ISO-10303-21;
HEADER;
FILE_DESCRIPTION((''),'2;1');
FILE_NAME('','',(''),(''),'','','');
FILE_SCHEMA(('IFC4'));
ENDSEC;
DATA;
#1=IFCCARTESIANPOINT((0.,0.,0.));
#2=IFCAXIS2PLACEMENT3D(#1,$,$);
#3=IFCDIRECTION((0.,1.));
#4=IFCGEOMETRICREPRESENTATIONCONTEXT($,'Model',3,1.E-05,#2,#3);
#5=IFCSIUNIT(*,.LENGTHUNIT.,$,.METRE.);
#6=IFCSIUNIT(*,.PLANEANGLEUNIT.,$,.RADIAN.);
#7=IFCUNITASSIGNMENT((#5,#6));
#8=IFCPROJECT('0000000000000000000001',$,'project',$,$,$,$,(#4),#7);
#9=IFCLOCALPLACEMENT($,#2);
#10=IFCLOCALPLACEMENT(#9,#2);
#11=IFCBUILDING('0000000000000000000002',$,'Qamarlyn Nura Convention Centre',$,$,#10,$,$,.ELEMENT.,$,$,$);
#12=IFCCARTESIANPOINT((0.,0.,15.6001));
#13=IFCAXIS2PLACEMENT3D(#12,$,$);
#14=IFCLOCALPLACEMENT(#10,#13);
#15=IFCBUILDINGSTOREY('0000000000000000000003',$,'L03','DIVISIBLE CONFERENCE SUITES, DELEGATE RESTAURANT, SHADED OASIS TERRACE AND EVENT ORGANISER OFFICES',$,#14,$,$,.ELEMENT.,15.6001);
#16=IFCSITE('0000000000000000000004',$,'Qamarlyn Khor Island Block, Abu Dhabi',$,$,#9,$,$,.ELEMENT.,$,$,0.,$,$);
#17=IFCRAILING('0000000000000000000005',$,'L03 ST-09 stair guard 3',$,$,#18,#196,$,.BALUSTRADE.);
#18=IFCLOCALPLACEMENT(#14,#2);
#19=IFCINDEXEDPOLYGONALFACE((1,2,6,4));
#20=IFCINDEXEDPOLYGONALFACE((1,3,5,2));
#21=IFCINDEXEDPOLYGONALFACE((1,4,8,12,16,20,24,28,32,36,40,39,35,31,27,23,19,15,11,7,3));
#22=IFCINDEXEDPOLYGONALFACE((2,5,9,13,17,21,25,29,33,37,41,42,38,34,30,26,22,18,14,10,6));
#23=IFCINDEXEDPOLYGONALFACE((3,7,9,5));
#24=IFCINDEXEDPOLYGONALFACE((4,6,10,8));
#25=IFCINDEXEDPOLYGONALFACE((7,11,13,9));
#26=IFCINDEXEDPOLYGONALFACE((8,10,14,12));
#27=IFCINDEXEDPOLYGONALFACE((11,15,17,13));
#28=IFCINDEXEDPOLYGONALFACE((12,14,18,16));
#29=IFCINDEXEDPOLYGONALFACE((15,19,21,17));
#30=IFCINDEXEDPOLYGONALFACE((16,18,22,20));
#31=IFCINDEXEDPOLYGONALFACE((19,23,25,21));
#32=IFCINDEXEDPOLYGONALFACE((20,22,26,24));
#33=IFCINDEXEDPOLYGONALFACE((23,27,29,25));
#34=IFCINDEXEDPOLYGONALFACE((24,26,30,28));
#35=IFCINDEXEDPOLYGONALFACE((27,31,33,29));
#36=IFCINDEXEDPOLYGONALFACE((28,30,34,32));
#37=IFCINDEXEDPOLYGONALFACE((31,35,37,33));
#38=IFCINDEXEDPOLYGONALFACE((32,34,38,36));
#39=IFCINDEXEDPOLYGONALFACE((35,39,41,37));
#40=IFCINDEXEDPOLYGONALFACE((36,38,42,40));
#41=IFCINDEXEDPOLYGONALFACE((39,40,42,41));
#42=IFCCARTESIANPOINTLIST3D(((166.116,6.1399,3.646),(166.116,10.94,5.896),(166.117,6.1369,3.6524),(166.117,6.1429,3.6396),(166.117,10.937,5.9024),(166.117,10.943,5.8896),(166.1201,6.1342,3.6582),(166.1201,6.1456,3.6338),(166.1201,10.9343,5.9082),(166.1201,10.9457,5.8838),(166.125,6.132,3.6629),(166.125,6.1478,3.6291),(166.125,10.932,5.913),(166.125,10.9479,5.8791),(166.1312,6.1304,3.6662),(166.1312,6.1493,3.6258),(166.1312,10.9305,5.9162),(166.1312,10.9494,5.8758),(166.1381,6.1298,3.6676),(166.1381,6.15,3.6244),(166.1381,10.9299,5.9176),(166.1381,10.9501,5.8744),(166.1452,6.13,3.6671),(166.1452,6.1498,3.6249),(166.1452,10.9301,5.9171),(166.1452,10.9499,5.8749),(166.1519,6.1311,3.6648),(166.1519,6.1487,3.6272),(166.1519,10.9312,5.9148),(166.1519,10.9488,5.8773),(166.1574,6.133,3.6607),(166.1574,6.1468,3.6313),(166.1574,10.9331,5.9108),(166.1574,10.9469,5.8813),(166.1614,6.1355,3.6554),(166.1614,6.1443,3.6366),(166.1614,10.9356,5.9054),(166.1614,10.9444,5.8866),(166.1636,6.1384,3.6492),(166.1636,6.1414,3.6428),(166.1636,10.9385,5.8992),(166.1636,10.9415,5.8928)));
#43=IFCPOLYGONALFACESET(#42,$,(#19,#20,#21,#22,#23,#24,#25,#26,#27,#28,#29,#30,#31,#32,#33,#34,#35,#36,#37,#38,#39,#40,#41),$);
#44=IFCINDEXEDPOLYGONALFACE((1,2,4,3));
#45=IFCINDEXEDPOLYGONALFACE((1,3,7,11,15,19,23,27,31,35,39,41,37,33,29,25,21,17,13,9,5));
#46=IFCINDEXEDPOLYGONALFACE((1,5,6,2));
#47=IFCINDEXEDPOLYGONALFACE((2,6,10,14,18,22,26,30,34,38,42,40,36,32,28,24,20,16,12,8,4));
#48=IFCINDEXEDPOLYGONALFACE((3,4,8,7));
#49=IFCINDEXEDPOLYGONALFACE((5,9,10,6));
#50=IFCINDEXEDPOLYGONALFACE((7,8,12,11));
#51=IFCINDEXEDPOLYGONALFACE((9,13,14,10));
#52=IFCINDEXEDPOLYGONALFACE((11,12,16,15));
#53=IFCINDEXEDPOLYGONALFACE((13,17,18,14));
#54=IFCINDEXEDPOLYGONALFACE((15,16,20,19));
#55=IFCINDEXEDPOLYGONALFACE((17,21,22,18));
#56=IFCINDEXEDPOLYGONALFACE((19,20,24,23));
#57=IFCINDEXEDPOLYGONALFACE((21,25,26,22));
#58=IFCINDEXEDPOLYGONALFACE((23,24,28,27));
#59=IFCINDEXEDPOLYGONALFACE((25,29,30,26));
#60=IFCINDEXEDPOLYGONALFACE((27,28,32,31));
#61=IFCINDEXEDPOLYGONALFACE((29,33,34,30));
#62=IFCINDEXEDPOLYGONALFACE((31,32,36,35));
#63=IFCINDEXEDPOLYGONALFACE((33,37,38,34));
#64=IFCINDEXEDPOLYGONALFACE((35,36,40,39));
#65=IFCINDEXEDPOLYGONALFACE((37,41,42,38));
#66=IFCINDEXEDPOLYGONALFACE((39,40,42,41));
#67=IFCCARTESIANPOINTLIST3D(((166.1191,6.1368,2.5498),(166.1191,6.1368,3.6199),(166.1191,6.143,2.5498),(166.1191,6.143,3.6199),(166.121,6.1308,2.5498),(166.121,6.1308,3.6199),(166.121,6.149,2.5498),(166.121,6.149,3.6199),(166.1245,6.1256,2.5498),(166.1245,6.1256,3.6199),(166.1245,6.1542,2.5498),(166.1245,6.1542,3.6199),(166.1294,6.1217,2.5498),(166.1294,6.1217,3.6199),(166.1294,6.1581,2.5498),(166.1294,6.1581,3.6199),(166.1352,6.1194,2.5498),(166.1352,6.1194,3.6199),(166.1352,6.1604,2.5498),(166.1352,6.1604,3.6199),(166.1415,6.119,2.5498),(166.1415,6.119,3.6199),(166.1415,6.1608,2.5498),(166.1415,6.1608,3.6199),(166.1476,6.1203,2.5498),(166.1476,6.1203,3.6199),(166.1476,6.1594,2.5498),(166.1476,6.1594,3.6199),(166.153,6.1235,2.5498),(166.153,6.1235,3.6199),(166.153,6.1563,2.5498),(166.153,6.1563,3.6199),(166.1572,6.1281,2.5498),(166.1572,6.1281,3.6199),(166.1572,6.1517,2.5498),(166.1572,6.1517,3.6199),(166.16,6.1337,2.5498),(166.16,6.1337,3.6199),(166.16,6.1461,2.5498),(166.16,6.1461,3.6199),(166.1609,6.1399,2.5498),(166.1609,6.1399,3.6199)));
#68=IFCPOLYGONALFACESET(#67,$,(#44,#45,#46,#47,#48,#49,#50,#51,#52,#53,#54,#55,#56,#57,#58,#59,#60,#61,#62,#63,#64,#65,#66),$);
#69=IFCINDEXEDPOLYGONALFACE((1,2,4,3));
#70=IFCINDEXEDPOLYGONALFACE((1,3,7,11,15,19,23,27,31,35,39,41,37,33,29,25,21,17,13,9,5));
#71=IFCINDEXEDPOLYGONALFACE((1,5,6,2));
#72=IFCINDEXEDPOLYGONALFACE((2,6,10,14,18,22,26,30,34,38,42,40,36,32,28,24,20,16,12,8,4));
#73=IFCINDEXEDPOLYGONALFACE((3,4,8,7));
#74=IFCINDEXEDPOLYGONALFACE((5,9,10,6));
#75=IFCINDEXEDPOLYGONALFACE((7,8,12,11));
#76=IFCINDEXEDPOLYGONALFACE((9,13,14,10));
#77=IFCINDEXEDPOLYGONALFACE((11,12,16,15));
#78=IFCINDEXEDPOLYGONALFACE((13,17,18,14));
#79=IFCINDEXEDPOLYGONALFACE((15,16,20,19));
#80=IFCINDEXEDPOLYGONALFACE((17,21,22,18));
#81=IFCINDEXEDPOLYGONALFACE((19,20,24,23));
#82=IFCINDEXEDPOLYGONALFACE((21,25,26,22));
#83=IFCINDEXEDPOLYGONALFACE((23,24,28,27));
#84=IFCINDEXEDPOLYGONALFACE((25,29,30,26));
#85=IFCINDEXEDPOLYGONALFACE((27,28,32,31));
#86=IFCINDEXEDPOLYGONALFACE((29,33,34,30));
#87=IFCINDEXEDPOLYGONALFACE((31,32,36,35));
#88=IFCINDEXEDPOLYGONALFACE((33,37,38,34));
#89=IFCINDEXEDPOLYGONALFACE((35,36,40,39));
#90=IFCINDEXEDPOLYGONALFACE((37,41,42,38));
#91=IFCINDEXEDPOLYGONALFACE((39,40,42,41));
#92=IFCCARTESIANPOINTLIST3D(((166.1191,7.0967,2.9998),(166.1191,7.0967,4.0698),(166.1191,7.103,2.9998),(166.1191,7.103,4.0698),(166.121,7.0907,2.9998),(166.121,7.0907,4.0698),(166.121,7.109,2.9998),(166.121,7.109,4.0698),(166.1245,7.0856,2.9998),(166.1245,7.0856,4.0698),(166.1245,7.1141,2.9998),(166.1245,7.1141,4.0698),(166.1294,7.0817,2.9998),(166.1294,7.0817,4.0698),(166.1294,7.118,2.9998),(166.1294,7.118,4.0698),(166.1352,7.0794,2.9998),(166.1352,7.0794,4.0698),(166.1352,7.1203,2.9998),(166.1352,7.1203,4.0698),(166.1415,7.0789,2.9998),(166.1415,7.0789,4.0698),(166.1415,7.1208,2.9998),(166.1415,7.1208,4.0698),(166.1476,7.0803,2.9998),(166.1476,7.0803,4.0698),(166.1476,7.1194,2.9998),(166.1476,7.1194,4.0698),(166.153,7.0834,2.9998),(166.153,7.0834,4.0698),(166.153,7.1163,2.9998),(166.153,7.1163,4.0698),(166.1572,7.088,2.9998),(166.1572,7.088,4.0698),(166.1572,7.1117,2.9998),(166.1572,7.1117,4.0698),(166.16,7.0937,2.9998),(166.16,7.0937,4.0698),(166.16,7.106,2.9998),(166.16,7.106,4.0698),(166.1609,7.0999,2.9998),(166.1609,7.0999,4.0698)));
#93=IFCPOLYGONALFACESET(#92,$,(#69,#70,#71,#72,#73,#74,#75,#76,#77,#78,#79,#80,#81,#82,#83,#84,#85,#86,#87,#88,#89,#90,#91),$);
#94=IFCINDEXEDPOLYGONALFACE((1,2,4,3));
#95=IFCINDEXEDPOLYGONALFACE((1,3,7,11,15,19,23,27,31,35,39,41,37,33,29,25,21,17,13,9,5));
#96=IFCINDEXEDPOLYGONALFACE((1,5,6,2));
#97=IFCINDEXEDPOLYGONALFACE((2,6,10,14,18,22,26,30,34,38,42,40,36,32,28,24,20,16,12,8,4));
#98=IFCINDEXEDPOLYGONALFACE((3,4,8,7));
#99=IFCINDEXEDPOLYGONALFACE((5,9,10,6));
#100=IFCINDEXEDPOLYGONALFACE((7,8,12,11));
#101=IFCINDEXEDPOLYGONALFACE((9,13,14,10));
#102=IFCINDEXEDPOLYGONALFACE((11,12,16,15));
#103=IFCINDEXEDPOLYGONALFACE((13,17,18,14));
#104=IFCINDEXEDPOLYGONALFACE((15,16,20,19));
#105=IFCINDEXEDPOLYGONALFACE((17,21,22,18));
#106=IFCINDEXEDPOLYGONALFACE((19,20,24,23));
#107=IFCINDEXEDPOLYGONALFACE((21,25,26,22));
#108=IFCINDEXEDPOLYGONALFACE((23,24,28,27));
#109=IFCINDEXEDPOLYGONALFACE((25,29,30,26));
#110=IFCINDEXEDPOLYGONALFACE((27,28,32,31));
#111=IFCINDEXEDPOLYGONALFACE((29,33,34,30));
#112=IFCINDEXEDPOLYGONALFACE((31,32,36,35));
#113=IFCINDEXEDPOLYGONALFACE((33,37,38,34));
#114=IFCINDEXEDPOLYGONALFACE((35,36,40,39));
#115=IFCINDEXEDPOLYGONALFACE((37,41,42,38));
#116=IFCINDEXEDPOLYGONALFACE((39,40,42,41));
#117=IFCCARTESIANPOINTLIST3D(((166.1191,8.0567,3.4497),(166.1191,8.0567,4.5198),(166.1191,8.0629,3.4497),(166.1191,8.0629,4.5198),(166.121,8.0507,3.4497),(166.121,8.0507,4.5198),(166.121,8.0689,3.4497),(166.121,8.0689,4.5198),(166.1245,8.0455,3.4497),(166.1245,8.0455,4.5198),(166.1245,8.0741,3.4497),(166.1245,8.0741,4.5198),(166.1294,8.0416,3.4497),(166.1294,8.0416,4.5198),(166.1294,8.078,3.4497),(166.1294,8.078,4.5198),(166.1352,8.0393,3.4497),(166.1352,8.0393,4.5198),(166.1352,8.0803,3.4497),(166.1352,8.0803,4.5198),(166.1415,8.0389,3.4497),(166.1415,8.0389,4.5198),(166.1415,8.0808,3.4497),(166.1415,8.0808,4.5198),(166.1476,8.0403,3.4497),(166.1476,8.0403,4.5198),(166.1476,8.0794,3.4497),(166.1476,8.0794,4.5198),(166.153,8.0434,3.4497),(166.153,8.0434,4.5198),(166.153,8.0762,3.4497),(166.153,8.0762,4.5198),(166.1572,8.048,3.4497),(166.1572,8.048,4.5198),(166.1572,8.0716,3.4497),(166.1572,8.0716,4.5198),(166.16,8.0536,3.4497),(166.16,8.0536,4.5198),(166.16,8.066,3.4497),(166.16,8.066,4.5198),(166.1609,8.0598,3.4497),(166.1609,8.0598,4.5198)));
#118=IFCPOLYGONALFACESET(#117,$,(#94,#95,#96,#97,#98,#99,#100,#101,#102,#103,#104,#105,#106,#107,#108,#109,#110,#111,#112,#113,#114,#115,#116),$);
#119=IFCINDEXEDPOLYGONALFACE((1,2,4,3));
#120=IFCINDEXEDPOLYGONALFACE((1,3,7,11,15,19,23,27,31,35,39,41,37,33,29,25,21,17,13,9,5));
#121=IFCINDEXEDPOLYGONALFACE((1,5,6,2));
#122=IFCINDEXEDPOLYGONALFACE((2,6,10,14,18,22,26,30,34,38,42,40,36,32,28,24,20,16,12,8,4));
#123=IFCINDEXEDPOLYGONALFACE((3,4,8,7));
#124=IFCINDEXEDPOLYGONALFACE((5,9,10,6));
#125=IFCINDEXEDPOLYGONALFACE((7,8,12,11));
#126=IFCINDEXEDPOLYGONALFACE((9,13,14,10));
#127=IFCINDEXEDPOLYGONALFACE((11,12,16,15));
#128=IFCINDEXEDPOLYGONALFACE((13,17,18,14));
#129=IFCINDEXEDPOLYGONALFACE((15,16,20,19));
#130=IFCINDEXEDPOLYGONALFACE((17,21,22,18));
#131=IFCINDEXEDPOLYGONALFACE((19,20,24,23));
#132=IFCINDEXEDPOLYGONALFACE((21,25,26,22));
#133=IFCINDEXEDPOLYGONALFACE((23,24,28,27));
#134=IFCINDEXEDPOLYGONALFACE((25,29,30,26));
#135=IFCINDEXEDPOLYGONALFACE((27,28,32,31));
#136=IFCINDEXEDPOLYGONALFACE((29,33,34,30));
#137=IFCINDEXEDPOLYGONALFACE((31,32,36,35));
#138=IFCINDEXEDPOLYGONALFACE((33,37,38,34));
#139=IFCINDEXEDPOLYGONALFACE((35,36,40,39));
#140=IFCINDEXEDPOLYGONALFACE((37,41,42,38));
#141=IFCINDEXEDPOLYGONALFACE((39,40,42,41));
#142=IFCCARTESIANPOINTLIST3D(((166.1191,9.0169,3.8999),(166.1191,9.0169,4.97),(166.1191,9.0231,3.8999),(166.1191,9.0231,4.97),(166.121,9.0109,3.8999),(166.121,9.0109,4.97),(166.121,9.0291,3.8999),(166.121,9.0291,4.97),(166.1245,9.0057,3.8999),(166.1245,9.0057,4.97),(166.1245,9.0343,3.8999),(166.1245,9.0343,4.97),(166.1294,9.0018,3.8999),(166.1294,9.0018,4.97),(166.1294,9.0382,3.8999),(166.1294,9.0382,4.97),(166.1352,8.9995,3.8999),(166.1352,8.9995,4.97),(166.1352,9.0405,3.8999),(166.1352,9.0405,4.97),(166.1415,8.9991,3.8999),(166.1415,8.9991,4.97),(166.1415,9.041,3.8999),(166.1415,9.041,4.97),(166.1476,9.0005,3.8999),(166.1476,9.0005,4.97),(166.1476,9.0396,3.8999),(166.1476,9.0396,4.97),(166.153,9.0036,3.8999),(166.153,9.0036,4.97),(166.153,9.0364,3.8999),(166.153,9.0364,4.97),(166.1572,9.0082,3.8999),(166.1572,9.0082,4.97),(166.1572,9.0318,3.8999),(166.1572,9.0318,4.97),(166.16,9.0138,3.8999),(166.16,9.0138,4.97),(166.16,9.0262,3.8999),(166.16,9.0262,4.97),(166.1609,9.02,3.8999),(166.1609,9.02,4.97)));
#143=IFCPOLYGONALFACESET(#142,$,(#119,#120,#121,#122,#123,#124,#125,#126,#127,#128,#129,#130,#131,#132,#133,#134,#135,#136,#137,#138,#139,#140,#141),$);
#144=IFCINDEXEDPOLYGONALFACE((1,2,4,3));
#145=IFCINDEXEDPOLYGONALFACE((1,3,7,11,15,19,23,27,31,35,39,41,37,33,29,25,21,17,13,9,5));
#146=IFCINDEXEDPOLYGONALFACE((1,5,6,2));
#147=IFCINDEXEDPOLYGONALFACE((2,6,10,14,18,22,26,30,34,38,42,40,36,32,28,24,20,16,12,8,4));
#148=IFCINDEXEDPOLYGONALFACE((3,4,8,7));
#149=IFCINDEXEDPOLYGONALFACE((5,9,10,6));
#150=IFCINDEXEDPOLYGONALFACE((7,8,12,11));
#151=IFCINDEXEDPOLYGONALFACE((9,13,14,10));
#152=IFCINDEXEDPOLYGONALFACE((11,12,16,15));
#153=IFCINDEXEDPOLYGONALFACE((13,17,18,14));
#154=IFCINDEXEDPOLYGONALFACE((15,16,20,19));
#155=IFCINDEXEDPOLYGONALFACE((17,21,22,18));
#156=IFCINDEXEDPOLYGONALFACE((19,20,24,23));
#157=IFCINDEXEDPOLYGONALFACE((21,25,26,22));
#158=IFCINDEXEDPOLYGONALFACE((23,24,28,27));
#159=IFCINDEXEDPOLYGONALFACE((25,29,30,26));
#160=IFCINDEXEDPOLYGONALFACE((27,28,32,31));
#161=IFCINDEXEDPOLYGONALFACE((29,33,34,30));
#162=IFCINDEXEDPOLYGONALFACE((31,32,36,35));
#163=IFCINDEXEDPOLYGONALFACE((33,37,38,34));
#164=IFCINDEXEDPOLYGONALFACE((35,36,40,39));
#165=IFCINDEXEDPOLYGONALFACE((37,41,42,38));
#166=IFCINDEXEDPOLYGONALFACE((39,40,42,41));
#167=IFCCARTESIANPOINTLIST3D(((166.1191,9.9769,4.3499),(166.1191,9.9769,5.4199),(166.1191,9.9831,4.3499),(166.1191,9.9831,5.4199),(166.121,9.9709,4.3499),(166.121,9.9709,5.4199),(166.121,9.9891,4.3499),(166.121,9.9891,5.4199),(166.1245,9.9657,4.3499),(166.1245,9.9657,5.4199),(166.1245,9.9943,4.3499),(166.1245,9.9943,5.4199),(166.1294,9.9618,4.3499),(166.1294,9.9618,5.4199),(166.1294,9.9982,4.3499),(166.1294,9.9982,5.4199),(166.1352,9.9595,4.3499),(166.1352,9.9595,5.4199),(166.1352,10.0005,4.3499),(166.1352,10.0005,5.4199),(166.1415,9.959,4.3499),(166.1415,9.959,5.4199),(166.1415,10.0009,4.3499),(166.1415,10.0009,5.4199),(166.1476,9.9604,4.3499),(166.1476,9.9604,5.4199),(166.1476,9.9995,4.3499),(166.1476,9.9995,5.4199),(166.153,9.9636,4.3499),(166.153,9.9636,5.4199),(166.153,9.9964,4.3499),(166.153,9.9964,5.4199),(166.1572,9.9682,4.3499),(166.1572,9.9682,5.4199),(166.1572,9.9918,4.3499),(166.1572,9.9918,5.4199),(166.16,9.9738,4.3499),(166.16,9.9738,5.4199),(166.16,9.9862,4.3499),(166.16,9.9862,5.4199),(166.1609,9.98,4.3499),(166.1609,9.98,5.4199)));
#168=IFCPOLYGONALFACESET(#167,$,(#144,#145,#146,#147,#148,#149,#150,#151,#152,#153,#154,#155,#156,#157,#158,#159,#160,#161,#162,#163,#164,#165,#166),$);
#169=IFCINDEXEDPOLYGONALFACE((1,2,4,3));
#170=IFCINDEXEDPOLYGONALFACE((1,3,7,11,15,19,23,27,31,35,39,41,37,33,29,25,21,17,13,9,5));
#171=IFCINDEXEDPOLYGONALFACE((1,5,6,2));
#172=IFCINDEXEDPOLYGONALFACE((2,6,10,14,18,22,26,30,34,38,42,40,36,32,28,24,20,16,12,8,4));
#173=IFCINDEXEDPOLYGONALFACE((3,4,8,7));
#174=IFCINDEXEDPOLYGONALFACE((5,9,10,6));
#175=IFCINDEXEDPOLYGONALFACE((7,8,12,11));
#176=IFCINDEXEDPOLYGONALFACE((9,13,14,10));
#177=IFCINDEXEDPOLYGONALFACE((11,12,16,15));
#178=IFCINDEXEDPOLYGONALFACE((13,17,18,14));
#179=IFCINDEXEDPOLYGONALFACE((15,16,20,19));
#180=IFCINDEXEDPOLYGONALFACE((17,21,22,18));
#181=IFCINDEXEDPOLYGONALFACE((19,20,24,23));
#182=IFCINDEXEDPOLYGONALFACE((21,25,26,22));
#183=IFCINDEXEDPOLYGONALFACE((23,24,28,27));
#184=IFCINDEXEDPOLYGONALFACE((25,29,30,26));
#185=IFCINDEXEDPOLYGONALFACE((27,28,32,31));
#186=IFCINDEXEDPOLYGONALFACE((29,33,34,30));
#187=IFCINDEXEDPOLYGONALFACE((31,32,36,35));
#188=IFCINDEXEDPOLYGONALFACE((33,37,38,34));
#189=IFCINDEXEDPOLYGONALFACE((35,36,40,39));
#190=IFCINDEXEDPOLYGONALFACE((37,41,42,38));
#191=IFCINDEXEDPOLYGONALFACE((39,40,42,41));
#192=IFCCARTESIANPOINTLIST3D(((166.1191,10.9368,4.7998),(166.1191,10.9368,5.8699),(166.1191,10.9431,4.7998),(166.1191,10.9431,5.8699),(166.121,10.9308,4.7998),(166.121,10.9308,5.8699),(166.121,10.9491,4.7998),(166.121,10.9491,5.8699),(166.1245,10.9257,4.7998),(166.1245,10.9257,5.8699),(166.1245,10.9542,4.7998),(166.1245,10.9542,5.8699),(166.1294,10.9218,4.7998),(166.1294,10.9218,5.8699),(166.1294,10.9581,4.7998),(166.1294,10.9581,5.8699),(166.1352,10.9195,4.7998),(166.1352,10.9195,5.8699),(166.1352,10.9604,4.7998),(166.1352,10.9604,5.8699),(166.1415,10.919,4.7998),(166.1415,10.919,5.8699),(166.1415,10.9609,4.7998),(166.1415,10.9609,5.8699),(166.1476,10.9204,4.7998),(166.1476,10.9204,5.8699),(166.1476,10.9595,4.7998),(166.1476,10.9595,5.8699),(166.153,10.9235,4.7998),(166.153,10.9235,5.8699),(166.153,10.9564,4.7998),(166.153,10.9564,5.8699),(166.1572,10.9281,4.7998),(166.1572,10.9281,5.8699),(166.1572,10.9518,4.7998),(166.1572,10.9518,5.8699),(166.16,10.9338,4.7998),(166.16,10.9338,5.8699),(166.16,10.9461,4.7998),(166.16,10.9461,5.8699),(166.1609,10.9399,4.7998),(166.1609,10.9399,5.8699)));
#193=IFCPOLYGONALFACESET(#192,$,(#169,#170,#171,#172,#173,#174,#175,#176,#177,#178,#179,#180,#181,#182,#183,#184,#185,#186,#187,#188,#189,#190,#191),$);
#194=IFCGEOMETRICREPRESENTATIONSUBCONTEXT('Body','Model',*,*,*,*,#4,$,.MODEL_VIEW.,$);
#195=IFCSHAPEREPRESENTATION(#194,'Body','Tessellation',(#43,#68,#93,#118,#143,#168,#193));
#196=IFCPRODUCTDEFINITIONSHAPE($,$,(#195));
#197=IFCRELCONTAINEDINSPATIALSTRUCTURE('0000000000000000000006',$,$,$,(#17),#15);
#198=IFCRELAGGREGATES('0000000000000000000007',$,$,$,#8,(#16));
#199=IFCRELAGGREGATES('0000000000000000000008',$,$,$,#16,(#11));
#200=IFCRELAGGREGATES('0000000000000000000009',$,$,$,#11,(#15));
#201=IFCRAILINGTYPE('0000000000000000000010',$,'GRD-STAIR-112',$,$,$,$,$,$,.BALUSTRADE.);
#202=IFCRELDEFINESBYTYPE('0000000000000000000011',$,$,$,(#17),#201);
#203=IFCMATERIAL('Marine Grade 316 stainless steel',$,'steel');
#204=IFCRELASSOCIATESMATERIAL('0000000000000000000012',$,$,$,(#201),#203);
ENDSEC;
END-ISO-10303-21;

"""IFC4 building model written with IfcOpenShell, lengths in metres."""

from ifc_helpers import new_model, si_unit, direction, frame, origin, origin_2d, place, context, subcontext, project, spatial, circle, extrude, material, type_object, element, save


model = new_model("IFC4")

# Units and contexts
model_context = context("Model", 3, precision=1e-05, world=origin(), true_north=direction((0.0, 1.0)))
body_context = subcontext(model_context, "Body", "Model", "MODEL_VIEW")
ifc_project = project(units=[si_unit("LENGTHUNIT", "METRE"), si_unit("PLANEANGLEUNIT", "RADIAN")], contexts=[model_context])

# Site, building, storey
site_placement = place(None, origin())
site = spatial("IfcSite", under=ifc_project, at=site_placement, Name="Qamarlyn Khor Island Block, Abu Dhabi", CompositionType="ELEMENT", RefElevation=0.0)
building_placement = place(site_placement, origin())
building = spatial("IfcBuilding", under=site, at=building_placement, Name="Qamarlyn Nura Convention Centre", CompositionType="ELEMENT")
storey_placement = place(building_placement, frame((0.0, 0.0, 15.6001)))
storey = spatial("IfcBuildingStorey", under=building, at=storey_placement, Name="L03", Description="DIVISIBLE CONFERENCE SUITES, DELEGATE RESTAURANT, SHADED OASIS TERRACE AND EVENT ORGANISER OFFICES", CompositionType="ELEMENT", Elevation=15.6001)

# Shared definitions
ifc_material_1 = material(Name="Marine Grade 316 stainless steel", Category="steel")

# Railing
railing_type_1 = type_object("IfcRailingType", Name="GRD-STAIR-112", PredefinedType="BALUSTRADE", material=ifc_material_1)
railing_1_placement = place(storey_placement, frame((166.1399, 6.1399, 2.5498)))
element("IfcRailing", 1, at=railing_1_placement, inside=storey, type_object=railing_type_1, Name="L03 ST-09 stair guard 3", PredefinedType="BALUSTRADE", context=body_context, shape_type="SweptSolid", body=[
    extrude(circle(Radius=0.0239, at=origin_2d()), frame((0.0, 0.0, 1.0962), z_axis=(0.0, 0.905461, 0.42443), x_axis=(-1.0, 0.0, 0.0)), (0.0, 0.0, 1.0), 5.3013),
    extrude(circle(Radius=0.021, at=origin_2d()), origin(), (0.0, 0.0, 1.0), 1.0701),
    extrude(circle(Radius=0.021, at=origin_2d()), frame((0.0, 0.96, 0.45)), (0.0, 0.0, 1.0), 1.0701),
    extrude(circle(Radius=0.021, at=origin_2d()), frame((0.0, 1.9199, 0.8999)), (0.0, 0.0, 1.0), 1.0701),
    extrude(circle(Radius=0.021, at=origin_2d()), frame((0.0, 2.8801, 1.3501)), (0.0, 0.0, 1.0), 1.0701),
    extrude(circle(Radius=0.021, at=origin_2d()), frame((0.0, 3.8401, 1.8)), (0.0, 0.0, 1.0), 1.0701),
    extrude(circle(Radius=0.021, at=origin_2d()), frame((0.0, 4.8, 2.25)), (0.0, 0.0, 1.0), 1.0701),
])

save(model, "model.ifc")
